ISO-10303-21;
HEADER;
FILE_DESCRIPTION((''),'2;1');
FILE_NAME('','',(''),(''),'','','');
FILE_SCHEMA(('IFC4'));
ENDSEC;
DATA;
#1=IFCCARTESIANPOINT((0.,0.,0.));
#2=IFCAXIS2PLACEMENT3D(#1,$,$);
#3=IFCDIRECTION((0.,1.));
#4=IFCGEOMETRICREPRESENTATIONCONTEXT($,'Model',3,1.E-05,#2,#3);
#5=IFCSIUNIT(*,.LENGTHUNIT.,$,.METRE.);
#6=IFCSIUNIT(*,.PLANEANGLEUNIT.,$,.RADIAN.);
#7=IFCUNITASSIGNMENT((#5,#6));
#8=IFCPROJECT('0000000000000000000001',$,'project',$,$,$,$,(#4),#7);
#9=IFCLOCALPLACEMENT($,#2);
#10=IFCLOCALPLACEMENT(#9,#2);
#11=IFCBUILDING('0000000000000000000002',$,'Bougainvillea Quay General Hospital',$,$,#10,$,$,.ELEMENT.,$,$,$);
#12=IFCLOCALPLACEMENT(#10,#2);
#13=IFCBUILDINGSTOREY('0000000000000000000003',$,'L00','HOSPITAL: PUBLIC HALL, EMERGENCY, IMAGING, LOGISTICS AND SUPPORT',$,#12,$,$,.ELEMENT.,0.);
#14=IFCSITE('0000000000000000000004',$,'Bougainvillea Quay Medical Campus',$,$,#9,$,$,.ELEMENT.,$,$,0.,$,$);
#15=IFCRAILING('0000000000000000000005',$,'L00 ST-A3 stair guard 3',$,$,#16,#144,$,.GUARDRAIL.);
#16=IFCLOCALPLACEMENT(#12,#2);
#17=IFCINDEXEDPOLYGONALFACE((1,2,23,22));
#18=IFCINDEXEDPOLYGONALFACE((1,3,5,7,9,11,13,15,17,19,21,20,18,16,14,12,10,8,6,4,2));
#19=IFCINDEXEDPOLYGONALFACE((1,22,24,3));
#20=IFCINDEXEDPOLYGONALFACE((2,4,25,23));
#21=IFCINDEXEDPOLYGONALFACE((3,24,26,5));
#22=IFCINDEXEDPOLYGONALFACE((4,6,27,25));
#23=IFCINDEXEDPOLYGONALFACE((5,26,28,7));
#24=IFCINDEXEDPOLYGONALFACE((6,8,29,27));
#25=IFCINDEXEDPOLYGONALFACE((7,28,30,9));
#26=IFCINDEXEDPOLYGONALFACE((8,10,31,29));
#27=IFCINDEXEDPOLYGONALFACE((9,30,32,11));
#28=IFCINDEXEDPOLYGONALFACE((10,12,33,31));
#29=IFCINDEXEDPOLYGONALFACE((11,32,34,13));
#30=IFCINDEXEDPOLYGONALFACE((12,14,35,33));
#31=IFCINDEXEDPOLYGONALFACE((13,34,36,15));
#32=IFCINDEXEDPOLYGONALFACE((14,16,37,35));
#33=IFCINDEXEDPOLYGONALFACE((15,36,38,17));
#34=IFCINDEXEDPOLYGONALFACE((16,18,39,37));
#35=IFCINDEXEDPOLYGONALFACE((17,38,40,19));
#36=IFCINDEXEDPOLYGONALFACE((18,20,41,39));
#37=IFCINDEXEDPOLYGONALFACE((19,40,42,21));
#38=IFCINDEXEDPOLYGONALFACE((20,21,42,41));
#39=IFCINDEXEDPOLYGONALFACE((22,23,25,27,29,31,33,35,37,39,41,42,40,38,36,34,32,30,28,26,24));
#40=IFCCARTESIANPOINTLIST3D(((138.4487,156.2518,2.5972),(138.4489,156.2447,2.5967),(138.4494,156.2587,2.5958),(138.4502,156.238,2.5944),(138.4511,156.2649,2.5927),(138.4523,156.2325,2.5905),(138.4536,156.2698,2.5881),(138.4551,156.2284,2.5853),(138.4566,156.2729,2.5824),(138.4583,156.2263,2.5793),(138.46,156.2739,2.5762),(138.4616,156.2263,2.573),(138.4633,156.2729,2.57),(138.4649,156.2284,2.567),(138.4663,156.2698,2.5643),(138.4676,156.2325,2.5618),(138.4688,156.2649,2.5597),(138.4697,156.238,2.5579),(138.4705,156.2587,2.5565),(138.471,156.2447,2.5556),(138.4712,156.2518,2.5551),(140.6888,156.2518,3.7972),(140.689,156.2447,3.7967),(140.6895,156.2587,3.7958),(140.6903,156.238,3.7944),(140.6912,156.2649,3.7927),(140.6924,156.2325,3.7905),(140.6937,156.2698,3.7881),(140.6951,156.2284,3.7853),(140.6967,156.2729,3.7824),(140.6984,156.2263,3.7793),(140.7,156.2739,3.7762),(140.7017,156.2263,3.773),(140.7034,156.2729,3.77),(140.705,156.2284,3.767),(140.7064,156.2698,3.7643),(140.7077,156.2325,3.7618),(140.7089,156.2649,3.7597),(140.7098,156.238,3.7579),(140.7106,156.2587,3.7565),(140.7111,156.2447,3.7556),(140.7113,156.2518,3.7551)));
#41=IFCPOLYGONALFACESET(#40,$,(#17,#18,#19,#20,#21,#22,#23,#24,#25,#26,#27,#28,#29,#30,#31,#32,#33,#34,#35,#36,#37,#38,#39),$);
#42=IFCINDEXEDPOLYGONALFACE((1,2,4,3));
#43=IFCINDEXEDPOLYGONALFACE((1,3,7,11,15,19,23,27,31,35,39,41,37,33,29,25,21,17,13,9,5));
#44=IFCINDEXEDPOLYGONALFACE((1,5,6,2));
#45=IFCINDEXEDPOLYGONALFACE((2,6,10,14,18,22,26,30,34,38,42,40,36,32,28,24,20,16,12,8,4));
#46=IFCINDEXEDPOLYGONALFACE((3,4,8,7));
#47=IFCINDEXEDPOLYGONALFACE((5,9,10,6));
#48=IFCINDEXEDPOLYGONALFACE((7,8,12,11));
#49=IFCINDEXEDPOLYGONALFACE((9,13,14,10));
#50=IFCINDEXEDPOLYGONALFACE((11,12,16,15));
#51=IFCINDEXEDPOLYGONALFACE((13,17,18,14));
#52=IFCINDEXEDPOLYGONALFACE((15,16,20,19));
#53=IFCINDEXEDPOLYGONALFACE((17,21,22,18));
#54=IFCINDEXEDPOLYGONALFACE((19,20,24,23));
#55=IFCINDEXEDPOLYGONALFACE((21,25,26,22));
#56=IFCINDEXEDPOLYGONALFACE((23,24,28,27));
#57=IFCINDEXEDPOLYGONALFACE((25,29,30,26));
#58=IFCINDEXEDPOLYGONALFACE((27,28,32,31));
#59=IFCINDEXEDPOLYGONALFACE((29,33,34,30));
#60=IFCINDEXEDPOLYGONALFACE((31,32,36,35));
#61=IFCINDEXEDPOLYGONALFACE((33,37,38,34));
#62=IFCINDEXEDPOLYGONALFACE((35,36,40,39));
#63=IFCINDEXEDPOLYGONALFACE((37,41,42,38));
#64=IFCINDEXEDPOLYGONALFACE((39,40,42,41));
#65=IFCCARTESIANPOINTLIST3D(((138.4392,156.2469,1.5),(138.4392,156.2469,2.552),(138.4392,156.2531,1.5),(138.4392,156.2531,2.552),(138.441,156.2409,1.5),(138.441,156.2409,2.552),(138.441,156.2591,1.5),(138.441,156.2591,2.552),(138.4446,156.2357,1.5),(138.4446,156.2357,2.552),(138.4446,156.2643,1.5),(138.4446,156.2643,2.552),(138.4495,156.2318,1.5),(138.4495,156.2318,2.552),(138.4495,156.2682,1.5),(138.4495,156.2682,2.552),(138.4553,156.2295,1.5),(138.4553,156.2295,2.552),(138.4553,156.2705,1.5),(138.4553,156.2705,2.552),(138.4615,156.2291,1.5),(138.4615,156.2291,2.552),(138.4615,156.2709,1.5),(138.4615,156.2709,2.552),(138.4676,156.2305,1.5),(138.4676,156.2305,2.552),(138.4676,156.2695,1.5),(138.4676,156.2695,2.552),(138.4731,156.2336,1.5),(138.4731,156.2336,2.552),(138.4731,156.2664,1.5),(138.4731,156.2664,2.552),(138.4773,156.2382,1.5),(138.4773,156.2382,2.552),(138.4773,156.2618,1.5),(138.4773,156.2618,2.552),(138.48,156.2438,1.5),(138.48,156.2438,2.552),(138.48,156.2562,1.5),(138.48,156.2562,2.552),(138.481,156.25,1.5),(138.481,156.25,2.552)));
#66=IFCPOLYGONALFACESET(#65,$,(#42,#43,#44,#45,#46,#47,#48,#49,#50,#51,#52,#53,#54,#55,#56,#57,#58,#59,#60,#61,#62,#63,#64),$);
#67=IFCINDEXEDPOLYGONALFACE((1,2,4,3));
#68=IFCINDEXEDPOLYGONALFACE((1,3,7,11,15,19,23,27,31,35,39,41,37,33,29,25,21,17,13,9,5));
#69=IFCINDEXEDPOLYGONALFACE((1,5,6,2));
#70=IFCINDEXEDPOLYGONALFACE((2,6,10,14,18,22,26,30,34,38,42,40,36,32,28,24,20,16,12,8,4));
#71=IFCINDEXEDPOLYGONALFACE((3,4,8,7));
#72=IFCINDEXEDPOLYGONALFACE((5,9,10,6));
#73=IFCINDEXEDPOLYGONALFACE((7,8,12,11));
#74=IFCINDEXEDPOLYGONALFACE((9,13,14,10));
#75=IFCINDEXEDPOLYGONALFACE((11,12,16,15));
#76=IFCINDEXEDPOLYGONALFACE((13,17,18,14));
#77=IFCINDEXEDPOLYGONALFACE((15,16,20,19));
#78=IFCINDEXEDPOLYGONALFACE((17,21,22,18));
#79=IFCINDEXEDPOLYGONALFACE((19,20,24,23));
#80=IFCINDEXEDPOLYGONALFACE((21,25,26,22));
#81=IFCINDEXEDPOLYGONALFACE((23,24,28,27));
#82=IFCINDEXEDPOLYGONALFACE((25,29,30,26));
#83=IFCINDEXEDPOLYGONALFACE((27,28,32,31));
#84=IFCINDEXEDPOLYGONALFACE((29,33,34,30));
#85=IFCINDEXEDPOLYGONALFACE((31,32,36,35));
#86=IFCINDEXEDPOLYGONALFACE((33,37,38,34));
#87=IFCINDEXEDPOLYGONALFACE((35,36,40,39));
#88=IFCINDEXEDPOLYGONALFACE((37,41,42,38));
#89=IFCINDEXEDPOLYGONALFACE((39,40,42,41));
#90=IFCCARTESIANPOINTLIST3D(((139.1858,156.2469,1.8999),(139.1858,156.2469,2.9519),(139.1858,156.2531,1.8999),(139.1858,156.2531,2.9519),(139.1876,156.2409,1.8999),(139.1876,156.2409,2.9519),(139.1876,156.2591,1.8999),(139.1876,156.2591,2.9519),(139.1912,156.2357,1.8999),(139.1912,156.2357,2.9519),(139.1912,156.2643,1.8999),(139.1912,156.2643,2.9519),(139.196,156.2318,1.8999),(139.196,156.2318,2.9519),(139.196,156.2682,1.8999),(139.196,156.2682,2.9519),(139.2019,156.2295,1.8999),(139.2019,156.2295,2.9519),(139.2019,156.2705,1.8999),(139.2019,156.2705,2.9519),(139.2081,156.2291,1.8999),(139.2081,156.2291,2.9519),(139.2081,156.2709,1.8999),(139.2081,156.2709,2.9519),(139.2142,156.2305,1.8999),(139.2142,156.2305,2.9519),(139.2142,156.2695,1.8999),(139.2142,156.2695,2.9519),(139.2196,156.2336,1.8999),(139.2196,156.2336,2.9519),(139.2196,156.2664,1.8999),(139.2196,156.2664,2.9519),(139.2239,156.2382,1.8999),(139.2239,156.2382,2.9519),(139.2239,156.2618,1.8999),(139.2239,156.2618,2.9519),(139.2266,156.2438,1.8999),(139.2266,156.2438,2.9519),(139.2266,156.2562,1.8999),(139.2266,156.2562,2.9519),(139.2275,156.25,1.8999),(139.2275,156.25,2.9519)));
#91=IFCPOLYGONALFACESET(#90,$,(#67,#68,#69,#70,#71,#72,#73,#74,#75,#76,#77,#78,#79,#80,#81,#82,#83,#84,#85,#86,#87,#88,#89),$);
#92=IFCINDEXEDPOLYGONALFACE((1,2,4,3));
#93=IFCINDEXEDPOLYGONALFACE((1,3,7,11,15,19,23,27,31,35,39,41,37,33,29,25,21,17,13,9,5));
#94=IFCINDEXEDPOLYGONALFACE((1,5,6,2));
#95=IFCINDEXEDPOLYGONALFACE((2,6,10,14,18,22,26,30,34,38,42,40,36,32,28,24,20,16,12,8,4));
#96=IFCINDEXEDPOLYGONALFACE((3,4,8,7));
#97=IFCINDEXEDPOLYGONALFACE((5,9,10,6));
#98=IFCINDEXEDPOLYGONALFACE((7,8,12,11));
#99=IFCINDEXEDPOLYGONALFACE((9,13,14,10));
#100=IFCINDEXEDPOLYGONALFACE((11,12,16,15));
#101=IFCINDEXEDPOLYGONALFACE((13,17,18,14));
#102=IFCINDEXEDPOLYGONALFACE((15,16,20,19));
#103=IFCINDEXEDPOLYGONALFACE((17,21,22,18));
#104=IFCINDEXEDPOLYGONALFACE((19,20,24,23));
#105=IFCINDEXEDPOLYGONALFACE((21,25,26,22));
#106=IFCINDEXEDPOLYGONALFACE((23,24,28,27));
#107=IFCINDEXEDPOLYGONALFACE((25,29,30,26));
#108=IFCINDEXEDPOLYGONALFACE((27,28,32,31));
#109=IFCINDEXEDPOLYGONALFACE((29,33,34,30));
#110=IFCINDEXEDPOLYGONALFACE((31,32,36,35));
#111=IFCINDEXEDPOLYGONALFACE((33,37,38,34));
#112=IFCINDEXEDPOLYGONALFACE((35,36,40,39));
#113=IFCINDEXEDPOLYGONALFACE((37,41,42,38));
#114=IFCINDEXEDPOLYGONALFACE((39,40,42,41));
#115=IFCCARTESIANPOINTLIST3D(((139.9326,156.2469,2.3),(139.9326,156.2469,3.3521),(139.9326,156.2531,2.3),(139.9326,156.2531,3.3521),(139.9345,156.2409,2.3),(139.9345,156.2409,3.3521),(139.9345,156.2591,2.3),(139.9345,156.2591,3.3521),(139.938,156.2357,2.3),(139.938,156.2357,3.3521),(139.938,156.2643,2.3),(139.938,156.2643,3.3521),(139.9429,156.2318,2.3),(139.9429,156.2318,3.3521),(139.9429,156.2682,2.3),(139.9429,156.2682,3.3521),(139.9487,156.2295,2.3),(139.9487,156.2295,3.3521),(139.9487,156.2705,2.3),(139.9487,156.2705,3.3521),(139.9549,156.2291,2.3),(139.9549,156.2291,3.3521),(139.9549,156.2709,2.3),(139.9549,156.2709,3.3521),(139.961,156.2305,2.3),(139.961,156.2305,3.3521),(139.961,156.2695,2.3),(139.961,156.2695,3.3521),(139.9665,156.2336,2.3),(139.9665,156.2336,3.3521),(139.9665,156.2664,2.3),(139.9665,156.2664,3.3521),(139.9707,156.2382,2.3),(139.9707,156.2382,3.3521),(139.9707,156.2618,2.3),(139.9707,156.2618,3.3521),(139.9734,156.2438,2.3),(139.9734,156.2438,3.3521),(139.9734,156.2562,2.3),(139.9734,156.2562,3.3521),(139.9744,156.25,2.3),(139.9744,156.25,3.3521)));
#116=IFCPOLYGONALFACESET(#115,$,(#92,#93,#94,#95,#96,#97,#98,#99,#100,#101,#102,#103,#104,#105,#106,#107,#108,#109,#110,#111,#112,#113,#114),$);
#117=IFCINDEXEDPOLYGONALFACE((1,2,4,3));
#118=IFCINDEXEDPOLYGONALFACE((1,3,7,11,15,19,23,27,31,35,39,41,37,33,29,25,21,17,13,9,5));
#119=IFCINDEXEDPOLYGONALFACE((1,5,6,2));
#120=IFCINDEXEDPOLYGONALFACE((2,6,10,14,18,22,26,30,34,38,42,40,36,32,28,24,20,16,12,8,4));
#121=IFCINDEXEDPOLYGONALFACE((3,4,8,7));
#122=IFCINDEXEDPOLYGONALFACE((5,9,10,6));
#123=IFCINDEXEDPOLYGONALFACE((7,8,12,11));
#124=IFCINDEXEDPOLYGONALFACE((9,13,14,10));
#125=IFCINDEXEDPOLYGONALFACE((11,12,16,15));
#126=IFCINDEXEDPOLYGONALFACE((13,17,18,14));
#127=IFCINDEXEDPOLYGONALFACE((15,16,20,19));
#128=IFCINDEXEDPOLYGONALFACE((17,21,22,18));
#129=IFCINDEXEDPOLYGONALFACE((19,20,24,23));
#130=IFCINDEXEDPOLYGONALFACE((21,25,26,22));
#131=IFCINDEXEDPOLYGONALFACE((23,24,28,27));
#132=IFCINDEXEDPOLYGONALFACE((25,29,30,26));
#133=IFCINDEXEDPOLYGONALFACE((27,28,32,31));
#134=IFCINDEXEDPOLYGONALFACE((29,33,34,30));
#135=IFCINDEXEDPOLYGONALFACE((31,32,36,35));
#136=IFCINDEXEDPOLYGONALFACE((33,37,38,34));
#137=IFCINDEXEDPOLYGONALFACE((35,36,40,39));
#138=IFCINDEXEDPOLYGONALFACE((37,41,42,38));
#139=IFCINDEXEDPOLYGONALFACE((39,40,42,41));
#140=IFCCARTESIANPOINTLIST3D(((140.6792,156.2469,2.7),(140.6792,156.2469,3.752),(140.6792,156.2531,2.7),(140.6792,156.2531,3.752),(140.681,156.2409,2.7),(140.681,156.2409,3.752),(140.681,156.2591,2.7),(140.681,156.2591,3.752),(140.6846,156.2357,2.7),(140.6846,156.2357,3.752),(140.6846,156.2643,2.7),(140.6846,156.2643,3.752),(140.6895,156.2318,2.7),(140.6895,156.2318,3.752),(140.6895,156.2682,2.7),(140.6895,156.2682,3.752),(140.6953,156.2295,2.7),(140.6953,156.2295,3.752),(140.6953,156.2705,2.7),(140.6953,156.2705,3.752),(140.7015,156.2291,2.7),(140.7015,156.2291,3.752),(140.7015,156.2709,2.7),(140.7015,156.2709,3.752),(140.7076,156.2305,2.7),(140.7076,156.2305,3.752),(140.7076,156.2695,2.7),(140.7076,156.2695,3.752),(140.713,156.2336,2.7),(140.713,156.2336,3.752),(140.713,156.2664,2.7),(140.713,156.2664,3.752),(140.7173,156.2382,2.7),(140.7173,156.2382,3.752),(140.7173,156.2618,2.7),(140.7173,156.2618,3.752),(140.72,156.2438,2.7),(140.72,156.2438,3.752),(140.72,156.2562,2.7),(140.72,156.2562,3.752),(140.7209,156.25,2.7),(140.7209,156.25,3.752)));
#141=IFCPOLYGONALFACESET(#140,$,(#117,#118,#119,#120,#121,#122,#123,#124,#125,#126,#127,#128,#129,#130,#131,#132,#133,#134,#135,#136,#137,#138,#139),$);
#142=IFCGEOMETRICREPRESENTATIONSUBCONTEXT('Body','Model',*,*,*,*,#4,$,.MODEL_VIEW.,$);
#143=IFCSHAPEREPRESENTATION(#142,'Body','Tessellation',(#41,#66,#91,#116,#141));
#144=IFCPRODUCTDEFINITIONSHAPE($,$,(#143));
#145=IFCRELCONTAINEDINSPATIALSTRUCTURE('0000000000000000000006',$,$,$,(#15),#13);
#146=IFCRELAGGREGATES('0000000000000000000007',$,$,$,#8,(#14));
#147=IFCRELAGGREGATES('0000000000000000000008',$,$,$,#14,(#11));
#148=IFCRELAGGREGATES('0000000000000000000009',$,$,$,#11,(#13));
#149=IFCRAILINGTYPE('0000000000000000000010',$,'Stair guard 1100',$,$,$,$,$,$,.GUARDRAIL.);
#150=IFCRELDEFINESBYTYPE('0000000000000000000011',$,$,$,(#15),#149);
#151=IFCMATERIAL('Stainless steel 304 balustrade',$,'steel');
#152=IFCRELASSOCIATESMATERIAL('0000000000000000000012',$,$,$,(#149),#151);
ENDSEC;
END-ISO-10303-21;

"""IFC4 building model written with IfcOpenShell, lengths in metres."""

from ifc_helpers import new_model, si_unit, direction, frame, origin, origin_2d, place, context, subcontext, project, spatial, circle, extrude, material, type_object, element, save


model = new_model("IFC4")

# Units and contexts
model_context = context("Model", 3, precision=1e-05, world=origin(), true_north=direction((0.0, 1.0)))
body_context = subcontext(model_context, "Body", "Model", "MODEL_VIEW")
ifc_project = project(units=[si_unit("LENGTHUNIT", "METRE"), si_unit("PLANEANGLEUNIT", "RADIAN")], contexts=[model_context])

# Site, building, storey
site_placement = place(None, origin())
site = spatial("IfcSite", under=ifc_project, at=site_placement, Name="Bougainvillea Quay Medical Campus", CompositionType="ELEMENT", RefElevation=0.0)
building_placement = place(site_placement, origin())
building = spatial("IfcBuilding", under=site, at=building_placement, Name="Bougainvillea Quay General Hospital", CompositionType="ELEMENT")
storey_placement = place(building_placement, origin())
storey = spatial("IfcBuildingStorey", under=building, at=storey_placement, Name="L00", Description="HOSPITAL: PUBLIC HALL, EMERGENCY, IMAGING, LOGISTICS AND SUPPORT", CompositionType="ELEMENT", Elevation=0.0)

# Railing
ifc_material_1 = material(Name="Stainless steel 304 balustrade", Category="steel")
railing_type_1 = type_object("IfcRailingType", Name="Stair guard 1100", PredefinedType="GUARDRAIL", material=ifc_material_1)
railing_1_placement = place(storey_placement, frame((138.46, 156.25, 1.5)))
element("IfcRailing", 1, at=railing_1_placement, inside=storey, type_object=railing_type_1, Name="L00 ST-A3 stair guard 3", PredefinedType="GUARDRAIL", context=body_context, shape_type="SweptSolid", body=[
    extrude(circle(Radius=0.0239, at=origin_2d()), frame((0.0, 0.0, 1.0762), z_axis=(0.881487, 0.0, 0.472208), x_axis=(0.0, 1.0, 0.0)), (0.0, 0.0, 1.0), 2.5413),
    extrude(circle(Radius=0.021, at=origin_2d()), origin(), (0.0, 0.0, 1.0), 1.052),
    extrude(circle(Radius=0.021, at=origin_2d()), frame((0.7466, 0.0, 0.3999)), (0.0, 0.0, 1.0), 1.052),
    extrude(circle(Radius=0.021, at=origin_2d()), frame((1.4934, 0.0, 0.8)), (0.0, 0.0, 1.0), 1.052),
    extrude(circle(Radius=0.021, at=origin_2d()), frame((2.24, 0.0, 1.2)), (0.0, 0.0, 1.0), 1.052),
])

save(model, "model.ifc")
